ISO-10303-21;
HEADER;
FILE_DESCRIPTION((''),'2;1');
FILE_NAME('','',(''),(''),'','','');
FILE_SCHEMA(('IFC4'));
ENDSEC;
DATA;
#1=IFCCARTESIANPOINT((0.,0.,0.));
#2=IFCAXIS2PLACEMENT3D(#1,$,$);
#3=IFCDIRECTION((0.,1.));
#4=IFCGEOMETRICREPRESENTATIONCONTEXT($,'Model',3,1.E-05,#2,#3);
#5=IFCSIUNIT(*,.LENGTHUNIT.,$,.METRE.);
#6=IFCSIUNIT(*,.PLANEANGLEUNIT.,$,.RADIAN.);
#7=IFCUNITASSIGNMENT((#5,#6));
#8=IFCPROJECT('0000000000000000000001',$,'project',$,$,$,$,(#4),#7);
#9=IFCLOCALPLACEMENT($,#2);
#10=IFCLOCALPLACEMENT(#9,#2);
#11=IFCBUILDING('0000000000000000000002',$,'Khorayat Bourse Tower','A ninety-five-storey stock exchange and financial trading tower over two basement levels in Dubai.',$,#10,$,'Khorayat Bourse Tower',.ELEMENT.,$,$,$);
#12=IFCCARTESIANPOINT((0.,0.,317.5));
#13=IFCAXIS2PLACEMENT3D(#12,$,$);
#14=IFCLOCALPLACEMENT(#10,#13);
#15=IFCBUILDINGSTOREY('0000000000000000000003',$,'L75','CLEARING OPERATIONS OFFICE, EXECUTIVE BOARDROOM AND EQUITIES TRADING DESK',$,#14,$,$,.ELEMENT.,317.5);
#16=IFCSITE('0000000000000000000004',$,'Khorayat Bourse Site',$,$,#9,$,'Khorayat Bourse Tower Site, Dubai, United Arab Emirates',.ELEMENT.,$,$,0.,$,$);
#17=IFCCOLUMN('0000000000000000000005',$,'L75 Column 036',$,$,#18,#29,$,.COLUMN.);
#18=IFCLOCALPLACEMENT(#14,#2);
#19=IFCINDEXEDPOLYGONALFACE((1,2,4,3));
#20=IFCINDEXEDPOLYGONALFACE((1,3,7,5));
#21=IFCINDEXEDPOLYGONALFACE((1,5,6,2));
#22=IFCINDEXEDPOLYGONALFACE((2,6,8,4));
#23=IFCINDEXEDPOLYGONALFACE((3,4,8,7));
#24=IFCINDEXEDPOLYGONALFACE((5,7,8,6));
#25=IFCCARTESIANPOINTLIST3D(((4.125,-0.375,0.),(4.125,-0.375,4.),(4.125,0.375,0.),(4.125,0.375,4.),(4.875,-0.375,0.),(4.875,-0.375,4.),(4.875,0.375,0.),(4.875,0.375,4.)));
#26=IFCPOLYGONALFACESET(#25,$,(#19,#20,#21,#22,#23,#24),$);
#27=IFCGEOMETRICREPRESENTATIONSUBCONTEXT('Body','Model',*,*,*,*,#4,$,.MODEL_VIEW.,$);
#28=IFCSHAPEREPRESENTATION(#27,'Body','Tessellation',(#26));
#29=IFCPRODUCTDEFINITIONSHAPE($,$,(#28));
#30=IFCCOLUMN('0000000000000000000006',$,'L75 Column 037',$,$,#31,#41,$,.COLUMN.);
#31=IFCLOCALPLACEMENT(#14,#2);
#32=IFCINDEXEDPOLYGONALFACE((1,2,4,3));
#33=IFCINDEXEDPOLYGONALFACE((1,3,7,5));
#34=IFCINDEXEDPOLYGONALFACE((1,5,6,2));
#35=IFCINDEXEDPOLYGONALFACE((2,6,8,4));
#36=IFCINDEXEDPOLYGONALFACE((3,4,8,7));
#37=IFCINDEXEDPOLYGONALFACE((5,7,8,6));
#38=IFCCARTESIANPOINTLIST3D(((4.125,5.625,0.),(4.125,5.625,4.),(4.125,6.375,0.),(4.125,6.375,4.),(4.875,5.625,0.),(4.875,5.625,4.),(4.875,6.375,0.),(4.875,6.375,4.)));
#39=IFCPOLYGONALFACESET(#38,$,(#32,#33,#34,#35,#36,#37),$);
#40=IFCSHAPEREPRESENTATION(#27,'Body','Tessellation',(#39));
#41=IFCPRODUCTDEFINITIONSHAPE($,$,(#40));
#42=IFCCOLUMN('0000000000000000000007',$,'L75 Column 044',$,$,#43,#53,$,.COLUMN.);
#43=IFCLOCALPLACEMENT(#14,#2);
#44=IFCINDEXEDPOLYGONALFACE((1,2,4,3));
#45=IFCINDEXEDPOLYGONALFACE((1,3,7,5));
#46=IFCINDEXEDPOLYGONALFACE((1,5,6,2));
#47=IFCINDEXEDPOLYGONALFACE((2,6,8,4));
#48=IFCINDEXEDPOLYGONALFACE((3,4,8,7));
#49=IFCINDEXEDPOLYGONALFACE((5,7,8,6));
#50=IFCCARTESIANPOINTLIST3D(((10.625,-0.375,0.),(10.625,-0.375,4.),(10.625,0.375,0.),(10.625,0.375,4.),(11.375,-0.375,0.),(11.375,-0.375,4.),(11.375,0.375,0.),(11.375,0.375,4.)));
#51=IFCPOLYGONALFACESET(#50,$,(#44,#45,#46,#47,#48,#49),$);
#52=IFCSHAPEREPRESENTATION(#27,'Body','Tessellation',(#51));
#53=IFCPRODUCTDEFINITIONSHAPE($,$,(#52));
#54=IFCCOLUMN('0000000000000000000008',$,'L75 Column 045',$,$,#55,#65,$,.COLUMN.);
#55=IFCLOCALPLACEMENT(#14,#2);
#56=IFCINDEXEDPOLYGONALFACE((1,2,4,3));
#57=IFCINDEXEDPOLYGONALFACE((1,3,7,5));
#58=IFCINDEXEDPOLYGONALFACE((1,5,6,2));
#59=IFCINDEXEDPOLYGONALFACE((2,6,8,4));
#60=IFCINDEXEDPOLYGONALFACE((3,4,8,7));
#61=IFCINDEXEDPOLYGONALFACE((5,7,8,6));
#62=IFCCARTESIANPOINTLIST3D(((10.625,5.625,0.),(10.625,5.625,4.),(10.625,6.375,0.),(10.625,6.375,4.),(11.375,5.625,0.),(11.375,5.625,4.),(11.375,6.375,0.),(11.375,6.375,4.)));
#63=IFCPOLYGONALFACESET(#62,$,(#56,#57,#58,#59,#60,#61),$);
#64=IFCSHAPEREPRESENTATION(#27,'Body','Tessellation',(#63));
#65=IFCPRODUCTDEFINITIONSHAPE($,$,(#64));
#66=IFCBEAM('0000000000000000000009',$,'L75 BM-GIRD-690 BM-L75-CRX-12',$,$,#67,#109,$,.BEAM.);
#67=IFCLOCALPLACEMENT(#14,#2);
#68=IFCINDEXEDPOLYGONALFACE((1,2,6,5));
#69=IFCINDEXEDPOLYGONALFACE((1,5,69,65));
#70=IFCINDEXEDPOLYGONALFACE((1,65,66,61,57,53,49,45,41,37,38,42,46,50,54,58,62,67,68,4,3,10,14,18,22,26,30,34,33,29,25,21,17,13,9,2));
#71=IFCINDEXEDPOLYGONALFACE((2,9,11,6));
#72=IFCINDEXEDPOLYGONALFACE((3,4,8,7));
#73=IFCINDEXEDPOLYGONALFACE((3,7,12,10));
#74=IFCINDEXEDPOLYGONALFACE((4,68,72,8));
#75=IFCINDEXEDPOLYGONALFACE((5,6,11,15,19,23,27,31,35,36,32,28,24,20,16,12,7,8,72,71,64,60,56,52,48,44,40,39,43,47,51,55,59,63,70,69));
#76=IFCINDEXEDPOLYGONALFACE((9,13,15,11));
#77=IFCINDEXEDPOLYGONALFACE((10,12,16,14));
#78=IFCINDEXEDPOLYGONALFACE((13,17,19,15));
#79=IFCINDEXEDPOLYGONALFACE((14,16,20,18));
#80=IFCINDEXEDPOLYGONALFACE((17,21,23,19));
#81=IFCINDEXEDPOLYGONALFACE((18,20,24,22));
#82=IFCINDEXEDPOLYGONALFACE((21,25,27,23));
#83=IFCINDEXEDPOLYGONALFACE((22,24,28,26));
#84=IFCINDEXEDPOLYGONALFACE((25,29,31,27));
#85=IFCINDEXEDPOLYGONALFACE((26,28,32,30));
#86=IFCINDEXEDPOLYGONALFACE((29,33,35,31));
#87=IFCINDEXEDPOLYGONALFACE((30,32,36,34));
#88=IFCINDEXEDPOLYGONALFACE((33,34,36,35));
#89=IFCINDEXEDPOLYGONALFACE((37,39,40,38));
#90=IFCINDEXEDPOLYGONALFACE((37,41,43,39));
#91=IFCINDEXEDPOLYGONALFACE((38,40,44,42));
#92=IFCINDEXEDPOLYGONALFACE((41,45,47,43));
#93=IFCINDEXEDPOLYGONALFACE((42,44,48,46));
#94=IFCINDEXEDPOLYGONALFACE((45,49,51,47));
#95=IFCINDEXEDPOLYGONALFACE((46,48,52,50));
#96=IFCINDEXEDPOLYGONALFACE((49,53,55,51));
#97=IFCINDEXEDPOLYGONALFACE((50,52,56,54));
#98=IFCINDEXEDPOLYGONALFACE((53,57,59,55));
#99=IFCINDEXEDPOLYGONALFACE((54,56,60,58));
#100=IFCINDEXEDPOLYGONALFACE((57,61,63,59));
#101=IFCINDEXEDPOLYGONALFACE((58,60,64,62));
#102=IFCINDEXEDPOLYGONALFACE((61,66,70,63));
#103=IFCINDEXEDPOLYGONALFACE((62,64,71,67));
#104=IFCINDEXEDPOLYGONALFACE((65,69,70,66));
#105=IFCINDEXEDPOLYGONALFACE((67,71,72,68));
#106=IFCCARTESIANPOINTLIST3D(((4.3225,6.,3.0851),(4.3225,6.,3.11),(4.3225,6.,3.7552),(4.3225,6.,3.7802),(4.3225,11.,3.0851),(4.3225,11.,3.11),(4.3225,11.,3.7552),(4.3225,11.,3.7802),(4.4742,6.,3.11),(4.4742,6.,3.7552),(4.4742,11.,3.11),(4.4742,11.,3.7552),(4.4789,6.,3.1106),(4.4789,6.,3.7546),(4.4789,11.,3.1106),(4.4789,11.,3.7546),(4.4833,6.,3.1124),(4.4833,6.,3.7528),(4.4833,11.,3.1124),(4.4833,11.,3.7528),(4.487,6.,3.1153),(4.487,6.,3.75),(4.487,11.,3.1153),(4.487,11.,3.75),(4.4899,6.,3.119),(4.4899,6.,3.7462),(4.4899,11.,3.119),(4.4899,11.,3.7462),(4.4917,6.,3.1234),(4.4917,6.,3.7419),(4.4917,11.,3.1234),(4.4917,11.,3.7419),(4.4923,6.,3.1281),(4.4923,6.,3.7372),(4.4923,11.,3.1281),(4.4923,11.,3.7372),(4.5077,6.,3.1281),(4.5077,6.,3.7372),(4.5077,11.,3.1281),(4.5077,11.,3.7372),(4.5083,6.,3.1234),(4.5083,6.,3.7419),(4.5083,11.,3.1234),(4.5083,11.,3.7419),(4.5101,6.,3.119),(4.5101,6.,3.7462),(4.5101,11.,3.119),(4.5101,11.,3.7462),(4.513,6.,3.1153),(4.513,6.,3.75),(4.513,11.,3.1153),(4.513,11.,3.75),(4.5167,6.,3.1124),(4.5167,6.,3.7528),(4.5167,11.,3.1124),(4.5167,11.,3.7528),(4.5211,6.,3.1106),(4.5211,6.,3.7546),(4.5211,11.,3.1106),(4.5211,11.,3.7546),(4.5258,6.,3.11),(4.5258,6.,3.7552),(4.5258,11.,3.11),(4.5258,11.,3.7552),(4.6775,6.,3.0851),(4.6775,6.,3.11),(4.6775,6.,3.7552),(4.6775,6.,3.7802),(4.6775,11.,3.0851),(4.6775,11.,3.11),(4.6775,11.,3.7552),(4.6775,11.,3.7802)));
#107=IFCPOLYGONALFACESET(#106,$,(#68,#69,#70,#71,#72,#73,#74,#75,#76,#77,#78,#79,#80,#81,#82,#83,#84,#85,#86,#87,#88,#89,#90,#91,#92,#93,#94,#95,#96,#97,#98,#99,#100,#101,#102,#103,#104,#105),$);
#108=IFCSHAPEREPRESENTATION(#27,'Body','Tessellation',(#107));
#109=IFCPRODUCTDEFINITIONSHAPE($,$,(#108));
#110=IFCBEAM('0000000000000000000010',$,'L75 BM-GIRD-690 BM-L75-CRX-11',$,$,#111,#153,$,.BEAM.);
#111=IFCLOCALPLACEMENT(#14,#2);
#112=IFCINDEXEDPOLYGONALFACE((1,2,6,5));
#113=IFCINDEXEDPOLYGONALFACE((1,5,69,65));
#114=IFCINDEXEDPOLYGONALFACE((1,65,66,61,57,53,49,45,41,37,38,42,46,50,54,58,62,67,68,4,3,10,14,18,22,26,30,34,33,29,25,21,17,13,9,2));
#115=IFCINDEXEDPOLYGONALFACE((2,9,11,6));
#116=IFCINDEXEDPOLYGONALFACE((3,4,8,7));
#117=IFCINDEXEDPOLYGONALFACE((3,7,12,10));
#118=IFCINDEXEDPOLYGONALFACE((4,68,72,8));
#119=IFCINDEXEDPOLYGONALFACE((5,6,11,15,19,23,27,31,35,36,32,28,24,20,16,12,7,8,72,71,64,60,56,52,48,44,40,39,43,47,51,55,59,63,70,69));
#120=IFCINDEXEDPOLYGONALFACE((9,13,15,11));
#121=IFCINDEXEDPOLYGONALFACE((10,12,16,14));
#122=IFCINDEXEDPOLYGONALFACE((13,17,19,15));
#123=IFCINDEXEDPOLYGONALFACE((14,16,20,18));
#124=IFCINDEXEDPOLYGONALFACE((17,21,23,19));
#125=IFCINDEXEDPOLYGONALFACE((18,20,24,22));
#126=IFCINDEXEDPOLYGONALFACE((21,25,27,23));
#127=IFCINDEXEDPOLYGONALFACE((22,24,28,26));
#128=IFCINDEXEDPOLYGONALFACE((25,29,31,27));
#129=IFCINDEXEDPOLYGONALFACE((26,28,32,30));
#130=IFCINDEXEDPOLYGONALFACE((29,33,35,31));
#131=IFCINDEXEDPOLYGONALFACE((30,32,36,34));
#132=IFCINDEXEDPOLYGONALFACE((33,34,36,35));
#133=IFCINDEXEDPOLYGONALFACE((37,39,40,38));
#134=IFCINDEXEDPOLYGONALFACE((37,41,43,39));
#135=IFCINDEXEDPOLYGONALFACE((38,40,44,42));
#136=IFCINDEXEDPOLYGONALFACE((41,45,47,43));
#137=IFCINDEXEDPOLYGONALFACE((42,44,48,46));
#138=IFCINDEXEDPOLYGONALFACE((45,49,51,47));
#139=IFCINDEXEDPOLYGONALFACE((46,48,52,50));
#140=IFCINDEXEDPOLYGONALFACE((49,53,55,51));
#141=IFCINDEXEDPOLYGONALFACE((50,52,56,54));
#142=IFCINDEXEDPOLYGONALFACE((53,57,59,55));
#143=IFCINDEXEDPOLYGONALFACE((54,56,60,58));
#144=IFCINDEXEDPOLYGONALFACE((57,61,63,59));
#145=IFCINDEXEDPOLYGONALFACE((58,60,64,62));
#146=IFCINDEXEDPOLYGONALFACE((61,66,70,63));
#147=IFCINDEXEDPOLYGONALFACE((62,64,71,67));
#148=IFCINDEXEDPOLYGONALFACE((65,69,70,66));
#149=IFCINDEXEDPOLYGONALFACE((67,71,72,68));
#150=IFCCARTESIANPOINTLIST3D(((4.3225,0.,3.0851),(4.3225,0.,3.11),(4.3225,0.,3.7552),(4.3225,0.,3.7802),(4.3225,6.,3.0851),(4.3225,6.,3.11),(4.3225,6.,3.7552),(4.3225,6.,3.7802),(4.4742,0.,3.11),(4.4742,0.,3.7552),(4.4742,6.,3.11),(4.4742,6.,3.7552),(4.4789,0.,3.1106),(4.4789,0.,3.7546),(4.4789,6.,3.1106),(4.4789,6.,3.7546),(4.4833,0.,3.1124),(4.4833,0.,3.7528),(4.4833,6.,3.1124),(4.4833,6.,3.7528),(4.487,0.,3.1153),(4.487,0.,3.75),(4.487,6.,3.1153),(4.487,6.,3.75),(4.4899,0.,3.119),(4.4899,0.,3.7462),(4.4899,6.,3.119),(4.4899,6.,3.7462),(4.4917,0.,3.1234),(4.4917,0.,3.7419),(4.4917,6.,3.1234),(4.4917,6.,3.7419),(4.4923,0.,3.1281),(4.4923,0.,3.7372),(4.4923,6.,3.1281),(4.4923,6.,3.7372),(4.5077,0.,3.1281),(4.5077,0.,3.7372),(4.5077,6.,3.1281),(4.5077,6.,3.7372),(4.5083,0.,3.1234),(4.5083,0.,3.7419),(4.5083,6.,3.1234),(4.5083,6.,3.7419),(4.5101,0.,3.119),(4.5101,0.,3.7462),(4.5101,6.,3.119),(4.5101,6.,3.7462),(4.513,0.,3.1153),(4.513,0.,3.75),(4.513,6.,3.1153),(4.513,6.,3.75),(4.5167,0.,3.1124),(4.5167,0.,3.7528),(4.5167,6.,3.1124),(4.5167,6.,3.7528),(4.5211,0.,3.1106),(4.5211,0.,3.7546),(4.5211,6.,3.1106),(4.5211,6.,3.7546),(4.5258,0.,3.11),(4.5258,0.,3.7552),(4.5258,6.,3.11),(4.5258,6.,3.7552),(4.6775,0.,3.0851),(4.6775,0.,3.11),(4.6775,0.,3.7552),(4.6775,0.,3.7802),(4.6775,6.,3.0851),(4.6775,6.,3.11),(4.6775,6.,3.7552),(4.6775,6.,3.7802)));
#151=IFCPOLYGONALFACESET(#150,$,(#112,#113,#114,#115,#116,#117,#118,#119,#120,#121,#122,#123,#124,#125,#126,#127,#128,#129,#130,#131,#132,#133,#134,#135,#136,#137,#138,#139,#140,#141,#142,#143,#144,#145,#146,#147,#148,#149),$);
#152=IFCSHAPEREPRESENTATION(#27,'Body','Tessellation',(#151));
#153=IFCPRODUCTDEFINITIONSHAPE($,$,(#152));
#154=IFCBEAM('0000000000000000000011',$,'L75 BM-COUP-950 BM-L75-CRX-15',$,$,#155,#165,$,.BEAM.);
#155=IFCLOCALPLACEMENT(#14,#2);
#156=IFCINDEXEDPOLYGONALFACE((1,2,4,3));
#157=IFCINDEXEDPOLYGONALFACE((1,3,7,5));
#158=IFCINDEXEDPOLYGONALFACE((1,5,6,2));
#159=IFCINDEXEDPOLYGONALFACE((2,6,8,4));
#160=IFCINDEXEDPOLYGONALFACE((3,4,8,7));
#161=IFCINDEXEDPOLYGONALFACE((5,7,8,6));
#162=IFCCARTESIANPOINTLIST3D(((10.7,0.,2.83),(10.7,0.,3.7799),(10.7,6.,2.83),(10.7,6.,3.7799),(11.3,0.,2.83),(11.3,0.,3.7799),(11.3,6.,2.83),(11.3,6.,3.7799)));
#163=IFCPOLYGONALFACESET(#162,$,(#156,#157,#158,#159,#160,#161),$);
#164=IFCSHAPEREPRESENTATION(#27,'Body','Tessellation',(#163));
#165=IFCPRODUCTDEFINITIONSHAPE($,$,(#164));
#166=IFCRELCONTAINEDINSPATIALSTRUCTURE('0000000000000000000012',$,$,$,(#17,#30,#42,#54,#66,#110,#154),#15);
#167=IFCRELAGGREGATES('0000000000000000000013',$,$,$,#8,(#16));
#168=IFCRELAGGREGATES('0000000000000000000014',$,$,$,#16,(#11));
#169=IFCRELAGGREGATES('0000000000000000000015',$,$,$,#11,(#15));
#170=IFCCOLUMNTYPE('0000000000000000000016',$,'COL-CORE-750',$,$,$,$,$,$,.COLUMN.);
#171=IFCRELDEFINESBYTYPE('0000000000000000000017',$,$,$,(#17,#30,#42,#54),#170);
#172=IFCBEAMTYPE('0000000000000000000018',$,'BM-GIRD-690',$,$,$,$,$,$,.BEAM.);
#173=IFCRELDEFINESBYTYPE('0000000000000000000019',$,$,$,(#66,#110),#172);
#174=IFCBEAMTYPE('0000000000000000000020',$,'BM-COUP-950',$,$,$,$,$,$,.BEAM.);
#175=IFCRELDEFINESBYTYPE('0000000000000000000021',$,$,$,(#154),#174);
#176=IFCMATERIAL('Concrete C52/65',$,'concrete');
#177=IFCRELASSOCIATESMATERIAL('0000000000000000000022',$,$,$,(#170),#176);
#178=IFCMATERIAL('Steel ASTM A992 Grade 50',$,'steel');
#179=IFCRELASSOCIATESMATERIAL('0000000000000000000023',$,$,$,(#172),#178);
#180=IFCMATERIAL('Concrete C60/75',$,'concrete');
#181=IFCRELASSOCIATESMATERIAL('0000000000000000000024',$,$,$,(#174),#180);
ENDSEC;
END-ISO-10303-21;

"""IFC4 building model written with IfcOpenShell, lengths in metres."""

from ifc_helpers import new_model, si_unit, direction, frame, origin, origin_2d, place, context, subcontext, project, spatial, rectangle, i_section, extrude, source, transform, mapped, material, material_profile, profile_set, type_object, element, save


model = new_model("IFC4")

# Units and contexts
model_context = context("Model", 3, precision=1e-05, world=origin(), true_north=direction((0.0, 1.0)))
body_context = subcontext(model_context, "Body", "Model", "MODEL_VIEW")
ifc_project = project(units=[si_unit("LENGTHUNIT", "METRE"), si_unit("PLANEANGLEUNIT", "RADIAN")], contexts=[model_context])

# Site, building, storey
site_placement = place(None, origin())
site = spatial("IfcSite", under=ifc_project, at=site_placement, Name="Khorayat Bourse Site", LongName="Khorayat Bourse Tower Site, Dubai, United Arab Emirates", CompositionType="ELEMENT", RefElevation=0.0)
building_placement = place(site_placement, origin())
building = spatial("IfcBuilding", under=site, at=building_placement, Name="Khorayat Bourse Tower", Description="A ninety-five-storey stock exchange and financial trading tower over two basement levels in Dubai.", LongName="Khorayat Bourse Tower", CompositionType="ELEMENT")
storey_placement = place(building_placement, frame((0.0, 0.0, 317.5)))
storey = spatial("IfcBuildingStorey", under=building, at=storey_placement, Name="L75", Description="CLEARING OPERATIONS OFFICE, EXECUTIVE BOARDROOM AND EQUITIES TRADING DESK", CompositionType="ELEMENT", Elevation=317.5)

# Columns
ifc_material_1 = material(Name="Concrete C52/65", Category="concrete")
ifc_material_profile_1 = material_profile(ifc_material_1, rectangle(XDim=0.75, YDim=0.75, at=origin_2d()), Name="RC 750x750")
ifc_profile_set_1 = profile_set([ifc_material_profile_1], Name="Concrete C52/65")
column_type = type_object("IfcColumnType", Name="COL-CORE-750", PredefinedType="COLUMN", material=ifc_profile_set_1)
shared_shape_1 = source(origin(), body_context, "Body", "SweptSolid", [
    extrude(rectangle(XDim=0.75, YDim=0.75, at=origin_2d()), origin(), (0.0, 0.0, 1.0), 4.0),
])
for number, where, z_axis, x_axis, name in (
    (1, (4.5, 0.0, 0.0), (0.0, 0.0, 1.0), (1.0, 0.0, 0.0), "L75 Column 036"),
    (2, (4.5, 6.0, 0.0), (0.0, 0.0, 1.0), (1.0, 0.0, 0.0), "L75 Column 037"),
    (3, (11.0, 0.0, 0.0), (0.0, 0.0, 1.0), (1.0, 0.0, 0.0), "L75 Column 044"),
    (4, (11.0, 6.0, 0.0), (0.0, 0.0, 1.0), (1.0, 0.0, 0.0), "L75 Column 045"),
):
    element("IfcColumn", number, at=place(storey_placement, frame(where, z_axis=z_axis, x_axis=x_axis)), inside=storey, type_object=column_type, Name=name, PredefinedType="COLUMN", context=body_context, shape_type="MappedRepresentation", body=[
        mapped(shared_shape_1, transform((0.0, 0.0, 0.0), scale=1.0)),
    ])

# Beams
ifc_material_2 = material(Name="Steel ASTM A992 Grade 50", Category="steel")
ifc_material_profile_2 = material_profile(ifc_material_2, i_section(OverallWidth=0.355, OverallDepth=0.6951, WebThickness=0.0154, FlangeThickness=0.0249, FilletRadius=0.0181, at=origin_2d()), Name="W690X217")
ifc_profile_set_2 = profile_set([ifc_material_profile_2], Name="Steel ASTM A992 Grade 50")
beam_type_1 = type_object("IfcBeamType", Name="BM-GIRD-690", PredefinedType="BEAM", material=ifc_profile_set_2)
shared_shape_2 = source(origin(), body_context, "Body", "SweptSolid", [
    extrude(i_section(OverallWidth=0.355, OverallDepth=0.6951, WebThickness=0.0154, FlangeThickness=0.0249, FilletRadius=0.0181, at=origin_2d()), origin(), (0.0, 0.0, 1.0), 5.0),
])
beam_1_placement = place(storey_placement, frame((4.5, 6.0, 3.4326), z_axis=(0.0, 1.0, 0.0), x_axis=(-1.0, 0.0, 0.0)))
element("IfcBeam", 5, at=beam_1_placement, inside=storey, type_object=beam_type_1, Name="L75 BM-GIRD-690 BM-L75-CRX-12", PredefinedType="BEAM", context=body_context, shape_type="MappedRepresentation", body=[
    mapped(shared_shape_2, transform((0.0, 0.0, 0.0), scale=1.0)),
])
shared_shape_3 = source(origin(), body_context, "Body", "SweptSolid", [
    extrude(i_section(OverallWidth=0.355, OverallDepth=0.6951, WebThickness=0.0154, FlangeThickness=0.0249, FilletRadius=0.0181, at=origin_2d()), origin(), (0.0, 0.0, 1.0), 6.0),
])
beam_2_placement = place(storey_placement, frame((4.5, 0.0, 3.4326), z_axis=(0.0, 1.0, 0.0), x_axis=(-1.0, 0.0, 0.0)))
element("IfcBeam", 6, at=beam_2_placement, inside=storey, type_object=beam_type_1, Name="L75 BM-GIRD-690 BM-L75-CRX-11", PredefinedType="BEAM", context=body_context, shape_type="MappedRepresentation", body=[
    mapped(shared_shape_3, transform((0.0, 0.0, 0.0), scale=1.0)),
])
ifc_material_3 = material(Name="Concrete C60/75", Category="concrete")
ifc_material_profile_3 = material_profile(ifc_material_3, rectangle(XDim=0.6001, YDim=0.95, at=origin_2d()), Name="RC 600x950")
ifc_profile_set_3 = profile_set([ifc_material_profile_3], Name="Concrete C60/75")
beam_type_2 = type_object("IfcBeamType", Name="BM-COUP-950", PredefinedType="BEAM", material=ifc_profile_set_3)
shared_shape_4 = source(origin(), body_context, "Body", "SweptSolid", [
    extrude(rectangle(XDim=0.6001, YDim=0.95, at=origin_2d()), origin(), (0.0, 0.0, 1.0), 6.0),
])
beam_3_placement = place(storey_placement, frame((11.0, 0.0, 3.3049), z_axis=(0.0, 1.0, 0.0), x_axis=(-1.0, 0.0, 0.0)))
element("IfcBeam", 7, at=beam_3_placement, inside=storey, type_object=beam_type_2, Name="L75 BM-COUP-950 BM-L75-CRX-15", PredefinedType="BEAM", context=body_context, shape_type="MappedRepresentation", body=[
    mapped(shared_shape_4, transform((0.0, 0.0, 0.0), scale=1.0)),
])

save(model, "model.ifc")
